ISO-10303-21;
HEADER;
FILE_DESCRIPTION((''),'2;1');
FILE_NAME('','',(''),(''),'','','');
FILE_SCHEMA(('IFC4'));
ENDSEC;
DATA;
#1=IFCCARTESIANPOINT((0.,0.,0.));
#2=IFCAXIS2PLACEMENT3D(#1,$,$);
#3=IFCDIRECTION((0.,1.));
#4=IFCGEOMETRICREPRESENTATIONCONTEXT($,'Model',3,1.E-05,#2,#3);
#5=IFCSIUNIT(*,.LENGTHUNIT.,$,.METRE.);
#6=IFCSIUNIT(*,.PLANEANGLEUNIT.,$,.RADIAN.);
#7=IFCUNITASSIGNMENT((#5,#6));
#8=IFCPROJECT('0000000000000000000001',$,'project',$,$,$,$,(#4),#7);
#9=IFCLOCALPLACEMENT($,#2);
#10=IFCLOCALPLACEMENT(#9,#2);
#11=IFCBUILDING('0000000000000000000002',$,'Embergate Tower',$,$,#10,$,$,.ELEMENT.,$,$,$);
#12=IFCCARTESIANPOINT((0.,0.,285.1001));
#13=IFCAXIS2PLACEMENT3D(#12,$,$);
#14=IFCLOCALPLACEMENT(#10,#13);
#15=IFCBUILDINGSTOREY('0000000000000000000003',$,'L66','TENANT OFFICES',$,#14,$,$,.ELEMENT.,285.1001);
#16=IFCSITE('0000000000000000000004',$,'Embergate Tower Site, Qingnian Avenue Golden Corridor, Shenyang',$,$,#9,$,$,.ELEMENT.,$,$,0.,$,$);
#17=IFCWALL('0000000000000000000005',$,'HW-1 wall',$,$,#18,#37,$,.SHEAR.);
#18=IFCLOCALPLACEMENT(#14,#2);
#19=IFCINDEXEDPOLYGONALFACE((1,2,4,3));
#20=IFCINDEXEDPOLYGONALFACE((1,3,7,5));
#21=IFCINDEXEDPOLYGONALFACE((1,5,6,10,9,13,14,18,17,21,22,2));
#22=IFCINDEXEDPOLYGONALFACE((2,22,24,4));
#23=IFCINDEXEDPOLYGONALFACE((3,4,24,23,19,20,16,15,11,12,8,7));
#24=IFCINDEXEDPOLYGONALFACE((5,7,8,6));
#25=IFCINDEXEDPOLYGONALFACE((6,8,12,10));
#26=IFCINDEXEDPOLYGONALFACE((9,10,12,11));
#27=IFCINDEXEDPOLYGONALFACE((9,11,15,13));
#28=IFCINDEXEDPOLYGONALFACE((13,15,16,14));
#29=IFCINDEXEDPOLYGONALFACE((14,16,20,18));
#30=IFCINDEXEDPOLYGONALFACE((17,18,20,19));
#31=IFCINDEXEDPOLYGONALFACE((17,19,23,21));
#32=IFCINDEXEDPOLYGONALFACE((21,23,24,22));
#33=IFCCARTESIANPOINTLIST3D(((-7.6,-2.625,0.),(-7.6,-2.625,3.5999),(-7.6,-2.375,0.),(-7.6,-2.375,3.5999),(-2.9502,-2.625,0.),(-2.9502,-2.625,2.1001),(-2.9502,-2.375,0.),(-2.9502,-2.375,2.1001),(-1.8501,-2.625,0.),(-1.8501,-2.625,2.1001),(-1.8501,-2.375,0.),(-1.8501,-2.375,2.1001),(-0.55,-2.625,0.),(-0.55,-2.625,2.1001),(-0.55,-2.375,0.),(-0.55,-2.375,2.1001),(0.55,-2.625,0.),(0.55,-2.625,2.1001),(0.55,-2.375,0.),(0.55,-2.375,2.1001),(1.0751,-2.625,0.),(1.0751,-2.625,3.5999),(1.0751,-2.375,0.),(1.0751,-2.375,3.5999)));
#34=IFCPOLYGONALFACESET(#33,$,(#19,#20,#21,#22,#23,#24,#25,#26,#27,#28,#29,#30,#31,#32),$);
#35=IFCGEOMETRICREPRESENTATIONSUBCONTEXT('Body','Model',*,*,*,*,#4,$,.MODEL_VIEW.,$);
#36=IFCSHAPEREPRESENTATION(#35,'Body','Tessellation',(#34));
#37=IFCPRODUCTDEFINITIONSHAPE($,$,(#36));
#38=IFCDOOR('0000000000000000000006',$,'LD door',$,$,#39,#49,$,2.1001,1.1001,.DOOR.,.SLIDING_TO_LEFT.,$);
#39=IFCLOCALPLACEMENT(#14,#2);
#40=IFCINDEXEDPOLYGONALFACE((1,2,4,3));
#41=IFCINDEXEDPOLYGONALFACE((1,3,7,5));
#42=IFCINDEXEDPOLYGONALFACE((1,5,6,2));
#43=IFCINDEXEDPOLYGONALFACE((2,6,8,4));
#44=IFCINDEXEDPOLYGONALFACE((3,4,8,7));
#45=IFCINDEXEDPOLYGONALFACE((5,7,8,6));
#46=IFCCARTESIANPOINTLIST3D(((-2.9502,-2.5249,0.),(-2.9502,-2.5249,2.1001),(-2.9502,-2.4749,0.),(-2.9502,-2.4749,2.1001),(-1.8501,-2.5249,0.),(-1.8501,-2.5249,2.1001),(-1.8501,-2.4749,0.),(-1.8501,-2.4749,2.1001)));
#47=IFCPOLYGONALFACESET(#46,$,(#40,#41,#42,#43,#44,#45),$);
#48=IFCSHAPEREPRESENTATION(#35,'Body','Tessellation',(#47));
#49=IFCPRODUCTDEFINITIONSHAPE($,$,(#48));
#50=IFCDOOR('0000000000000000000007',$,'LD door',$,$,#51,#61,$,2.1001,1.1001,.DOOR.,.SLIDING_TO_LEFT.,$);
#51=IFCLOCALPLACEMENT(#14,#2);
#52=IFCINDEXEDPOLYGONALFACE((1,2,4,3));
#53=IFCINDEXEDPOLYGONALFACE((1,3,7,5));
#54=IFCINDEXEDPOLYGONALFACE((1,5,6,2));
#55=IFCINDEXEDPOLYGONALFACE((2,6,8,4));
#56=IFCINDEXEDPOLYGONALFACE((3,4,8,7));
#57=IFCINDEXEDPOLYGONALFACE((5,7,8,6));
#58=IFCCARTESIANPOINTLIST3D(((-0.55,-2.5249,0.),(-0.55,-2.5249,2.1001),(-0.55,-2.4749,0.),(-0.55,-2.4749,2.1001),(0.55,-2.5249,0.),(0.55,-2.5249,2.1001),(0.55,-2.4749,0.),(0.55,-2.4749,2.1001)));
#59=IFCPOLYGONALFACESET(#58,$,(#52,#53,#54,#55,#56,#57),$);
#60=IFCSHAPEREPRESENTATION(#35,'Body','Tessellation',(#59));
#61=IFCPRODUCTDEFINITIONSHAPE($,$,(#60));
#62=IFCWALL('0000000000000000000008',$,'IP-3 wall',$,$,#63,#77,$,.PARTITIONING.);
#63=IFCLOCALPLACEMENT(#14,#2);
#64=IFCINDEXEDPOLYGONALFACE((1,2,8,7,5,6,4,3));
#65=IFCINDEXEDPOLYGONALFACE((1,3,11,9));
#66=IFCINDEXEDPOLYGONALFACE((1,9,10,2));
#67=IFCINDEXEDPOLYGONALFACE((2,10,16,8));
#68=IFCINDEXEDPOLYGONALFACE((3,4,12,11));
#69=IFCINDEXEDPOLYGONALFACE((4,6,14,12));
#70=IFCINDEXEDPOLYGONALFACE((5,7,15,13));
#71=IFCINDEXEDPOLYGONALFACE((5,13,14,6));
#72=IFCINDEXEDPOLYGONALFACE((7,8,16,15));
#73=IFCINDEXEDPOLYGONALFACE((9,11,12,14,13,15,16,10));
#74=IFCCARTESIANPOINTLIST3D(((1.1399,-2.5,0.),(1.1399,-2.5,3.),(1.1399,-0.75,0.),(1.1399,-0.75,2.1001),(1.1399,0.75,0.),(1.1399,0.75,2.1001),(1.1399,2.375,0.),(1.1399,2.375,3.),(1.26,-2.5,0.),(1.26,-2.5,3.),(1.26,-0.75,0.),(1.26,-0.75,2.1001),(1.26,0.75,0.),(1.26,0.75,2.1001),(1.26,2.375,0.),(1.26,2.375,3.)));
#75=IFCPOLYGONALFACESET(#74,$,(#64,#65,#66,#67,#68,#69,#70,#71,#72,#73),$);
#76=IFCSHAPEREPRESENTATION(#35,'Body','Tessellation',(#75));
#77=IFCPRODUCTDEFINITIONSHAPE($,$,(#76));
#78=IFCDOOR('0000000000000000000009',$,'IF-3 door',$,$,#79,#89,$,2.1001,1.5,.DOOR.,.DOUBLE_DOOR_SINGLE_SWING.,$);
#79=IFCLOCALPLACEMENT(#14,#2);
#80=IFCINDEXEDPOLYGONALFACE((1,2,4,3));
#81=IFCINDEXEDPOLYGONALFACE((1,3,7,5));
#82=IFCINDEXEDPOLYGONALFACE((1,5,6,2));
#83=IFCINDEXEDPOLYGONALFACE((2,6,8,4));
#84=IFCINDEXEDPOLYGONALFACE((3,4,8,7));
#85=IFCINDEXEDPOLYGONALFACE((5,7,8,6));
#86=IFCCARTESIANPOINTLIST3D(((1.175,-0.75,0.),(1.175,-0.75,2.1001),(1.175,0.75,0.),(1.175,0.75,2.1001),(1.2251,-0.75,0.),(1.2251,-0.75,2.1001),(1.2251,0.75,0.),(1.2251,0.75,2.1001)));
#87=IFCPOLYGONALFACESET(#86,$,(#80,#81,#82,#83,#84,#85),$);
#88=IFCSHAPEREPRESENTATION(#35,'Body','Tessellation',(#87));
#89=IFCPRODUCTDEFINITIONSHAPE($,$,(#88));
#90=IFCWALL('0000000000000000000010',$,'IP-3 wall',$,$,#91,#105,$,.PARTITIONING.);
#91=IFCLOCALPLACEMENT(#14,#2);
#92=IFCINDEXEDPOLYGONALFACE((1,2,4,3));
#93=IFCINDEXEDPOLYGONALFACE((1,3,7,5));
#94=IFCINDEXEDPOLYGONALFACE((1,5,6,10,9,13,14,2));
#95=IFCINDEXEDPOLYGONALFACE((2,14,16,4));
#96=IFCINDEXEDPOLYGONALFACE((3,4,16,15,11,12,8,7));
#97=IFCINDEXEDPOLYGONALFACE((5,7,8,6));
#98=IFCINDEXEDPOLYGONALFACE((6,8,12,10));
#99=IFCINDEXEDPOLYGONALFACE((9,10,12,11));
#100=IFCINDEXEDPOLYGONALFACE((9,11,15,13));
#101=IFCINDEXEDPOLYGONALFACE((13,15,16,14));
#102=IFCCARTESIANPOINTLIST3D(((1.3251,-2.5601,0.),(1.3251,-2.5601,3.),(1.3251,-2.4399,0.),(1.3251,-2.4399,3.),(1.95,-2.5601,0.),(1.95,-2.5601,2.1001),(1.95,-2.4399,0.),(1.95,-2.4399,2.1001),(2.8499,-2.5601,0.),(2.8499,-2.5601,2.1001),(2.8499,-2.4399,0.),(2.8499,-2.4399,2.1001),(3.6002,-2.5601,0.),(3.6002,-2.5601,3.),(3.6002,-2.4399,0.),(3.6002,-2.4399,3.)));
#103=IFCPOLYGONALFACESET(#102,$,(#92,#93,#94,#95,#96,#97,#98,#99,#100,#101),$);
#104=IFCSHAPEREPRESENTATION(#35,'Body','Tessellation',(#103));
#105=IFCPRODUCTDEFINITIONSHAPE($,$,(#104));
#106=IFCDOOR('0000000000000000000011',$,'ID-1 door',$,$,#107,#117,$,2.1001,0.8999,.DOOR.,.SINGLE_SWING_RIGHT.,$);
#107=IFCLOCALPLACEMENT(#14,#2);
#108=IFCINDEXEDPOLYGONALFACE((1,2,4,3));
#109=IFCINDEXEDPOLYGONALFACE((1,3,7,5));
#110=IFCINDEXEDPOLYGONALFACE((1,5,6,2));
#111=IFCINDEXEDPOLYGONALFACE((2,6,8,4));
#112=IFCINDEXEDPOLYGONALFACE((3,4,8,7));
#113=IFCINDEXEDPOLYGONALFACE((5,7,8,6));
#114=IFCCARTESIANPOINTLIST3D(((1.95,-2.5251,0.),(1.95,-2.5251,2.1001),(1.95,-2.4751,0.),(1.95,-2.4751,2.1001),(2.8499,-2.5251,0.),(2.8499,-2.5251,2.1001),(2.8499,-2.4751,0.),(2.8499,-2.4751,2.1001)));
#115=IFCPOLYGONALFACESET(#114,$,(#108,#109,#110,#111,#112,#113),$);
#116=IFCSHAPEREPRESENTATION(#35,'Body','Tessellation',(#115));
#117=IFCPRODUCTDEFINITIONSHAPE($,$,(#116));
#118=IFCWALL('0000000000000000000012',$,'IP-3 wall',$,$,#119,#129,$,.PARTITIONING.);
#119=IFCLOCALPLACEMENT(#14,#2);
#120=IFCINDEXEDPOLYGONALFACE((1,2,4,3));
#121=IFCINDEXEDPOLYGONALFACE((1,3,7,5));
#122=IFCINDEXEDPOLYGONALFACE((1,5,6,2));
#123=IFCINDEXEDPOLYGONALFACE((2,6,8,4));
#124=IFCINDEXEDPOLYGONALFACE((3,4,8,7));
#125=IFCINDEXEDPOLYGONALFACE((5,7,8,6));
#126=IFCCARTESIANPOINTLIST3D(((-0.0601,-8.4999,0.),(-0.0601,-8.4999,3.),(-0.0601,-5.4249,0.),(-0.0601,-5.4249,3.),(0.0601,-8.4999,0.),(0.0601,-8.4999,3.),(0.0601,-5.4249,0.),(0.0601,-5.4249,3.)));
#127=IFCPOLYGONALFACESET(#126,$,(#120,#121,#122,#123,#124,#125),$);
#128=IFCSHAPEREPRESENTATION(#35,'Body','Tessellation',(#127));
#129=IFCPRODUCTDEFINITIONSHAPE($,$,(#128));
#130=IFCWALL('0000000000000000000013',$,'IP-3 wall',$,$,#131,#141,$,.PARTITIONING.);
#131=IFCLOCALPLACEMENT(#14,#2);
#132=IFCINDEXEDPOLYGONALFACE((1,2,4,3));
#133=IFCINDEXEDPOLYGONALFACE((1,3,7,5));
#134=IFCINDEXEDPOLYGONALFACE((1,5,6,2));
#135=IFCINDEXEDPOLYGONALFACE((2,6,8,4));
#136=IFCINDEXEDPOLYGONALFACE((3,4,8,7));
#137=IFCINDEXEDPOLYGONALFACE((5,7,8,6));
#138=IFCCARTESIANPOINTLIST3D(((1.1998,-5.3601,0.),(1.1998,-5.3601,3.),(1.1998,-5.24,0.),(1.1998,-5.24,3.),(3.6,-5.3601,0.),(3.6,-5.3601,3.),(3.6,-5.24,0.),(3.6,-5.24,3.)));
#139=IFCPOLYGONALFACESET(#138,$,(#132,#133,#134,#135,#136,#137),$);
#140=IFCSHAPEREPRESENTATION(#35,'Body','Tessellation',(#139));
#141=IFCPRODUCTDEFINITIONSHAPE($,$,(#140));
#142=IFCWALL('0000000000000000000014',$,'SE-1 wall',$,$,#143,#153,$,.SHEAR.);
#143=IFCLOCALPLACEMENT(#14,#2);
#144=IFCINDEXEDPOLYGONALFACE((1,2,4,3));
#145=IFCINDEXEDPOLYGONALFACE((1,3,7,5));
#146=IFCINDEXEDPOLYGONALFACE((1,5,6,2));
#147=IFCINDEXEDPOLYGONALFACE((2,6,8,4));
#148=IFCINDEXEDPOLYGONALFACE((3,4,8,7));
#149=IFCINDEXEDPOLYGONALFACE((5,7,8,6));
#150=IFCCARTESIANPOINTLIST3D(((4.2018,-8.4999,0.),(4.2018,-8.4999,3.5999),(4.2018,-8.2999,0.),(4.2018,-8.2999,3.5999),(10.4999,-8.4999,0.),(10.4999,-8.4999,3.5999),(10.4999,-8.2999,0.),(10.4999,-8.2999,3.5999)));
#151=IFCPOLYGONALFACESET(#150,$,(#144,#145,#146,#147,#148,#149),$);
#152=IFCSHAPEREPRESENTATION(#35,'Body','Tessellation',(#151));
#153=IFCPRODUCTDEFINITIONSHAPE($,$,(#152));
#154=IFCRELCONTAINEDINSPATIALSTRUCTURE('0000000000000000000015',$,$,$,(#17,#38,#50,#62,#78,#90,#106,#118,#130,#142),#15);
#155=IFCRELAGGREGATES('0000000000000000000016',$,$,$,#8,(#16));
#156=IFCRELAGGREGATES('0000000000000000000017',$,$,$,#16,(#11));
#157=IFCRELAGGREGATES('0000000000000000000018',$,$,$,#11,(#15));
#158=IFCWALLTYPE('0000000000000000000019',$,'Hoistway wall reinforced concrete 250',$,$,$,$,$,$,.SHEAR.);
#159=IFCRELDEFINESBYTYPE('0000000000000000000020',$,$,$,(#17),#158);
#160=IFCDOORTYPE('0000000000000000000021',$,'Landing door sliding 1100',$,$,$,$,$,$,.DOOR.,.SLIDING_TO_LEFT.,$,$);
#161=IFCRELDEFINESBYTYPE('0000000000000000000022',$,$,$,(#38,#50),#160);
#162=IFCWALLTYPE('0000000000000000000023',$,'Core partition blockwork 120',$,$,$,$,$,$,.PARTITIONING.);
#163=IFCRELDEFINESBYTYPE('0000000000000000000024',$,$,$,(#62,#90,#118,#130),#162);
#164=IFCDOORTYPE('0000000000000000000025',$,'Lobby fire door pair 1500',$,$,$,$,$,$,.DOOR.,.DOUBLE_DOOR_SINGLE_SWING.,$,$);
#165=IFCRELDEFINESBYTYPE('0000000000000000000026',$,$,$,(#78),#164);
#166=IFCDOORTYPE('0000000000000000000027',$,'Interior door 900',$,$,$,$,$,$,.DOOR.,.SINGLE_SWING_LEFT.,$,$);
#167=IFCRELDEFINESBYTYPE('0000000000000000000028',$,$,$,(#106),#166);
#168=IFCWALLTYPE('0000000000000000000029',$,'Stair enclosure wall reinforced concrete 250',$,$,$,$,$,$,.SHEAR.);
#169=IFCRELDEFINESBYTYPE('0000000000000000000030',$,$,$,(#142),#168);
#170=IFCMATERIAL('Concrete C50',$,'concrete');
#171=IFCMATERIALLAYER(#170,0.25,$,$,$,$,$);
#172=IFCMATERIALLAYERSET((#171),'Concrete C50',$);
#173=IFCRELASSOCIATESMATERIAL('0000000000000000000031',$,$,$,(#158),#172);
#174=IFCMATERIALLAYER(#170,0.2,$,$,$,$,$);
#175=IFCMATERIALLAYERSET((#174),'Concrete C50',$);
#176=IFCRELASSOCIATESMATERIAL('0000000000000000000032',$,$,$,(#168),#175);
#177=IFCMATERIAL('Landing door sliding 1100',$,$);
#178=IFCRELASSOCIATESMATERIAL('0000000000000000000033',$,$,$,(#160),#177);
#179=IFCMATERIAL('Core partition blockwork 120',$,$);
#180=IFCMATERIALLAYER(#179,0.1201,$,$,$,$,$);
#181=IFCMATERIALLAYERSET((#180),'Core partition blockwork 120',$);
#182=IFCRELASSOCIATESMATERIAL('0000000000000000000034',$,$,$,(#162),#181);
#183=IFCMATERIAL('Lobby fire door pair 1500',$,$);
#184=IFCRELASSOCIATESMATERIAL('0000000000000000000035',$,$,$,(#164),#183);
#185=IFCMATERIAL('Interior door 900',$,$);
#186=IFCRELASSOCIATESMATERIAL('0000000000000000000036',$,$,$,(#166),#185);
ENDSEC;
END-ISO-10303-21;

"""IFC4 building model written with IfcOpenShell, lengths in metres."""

from ifc_helpers import new_model, si_unit, direction, frame, frame_2d, origin, place, context, subcontext, project, spatial, rectangle, extrude, source, transform, mapped, material, layer, layer_set, type_object, element, fill, save


model = new_model("IFC4")

# Units and contexts
model_context = context("Model", 3, precision=1e-05, world=origin(), true_north=direction((0.0, 1.0)))
body_context = subcontext(model_context, "Body", "Model", "MODEL_VIEW")
ifc_project = project(units=[si_unit("LENGTHUNIT", "METRE"), si_unit("PLANEANGLEUNIT", "RADIAN")], contexts=[model_context])

# Site, building, storey
site_placement = place(None, origin())
site = spatial("IfcSite", under=ifc_project, at=site_placement, Name="Embergate Tower Site, Qingnian Avenue Golden Corridor, Shenyang", CompositionType="ELEMENT", RefElevation=0.0)
building_placement = place(site_placement, origin())
building = spatial("IfcBuilding", under=site, at=building_placement, Name="Embergate Tower", CompositionType="ELEMENT")
storey_placement = place(building_placement, frame((0.0, 0.0, 285.1001)))
storey = spatial("IfcBuildingStorey", under=building, at=storey_placement, Name="L66", Description="TENANT OFFICES", CompositionType="ELEMENT", Elevation=285.1001)

# Shared definitions
ifc_material_1 = material(Name="Concrete C50", Category="concrete")
ifc_layer_1 = layer(ifc_material_1, 0.25)
ifc_layer_set_1 = layer_set([ifc_layer_1], Name="Concrete C50")
wall_type_1 = type_object("IfcWallType", Name="Hoistway wall reinforced concrete 250", PredefinedType="SHEAR", material=ifc_layer_set_1)
ifc_layer_2 = layer(ifc_material_1, 0.2)
ifc_layer_set_2 = layer_set([ifc_layer_2], Name="Concrete C50")
wall_type_2 = type_object("IfcWallType", Name="Stair enclosure wall reinforced concrete 250", PredefinedType="SHEAR", material=ifc_layer_set_2)

# Wall, openings, doors
shared_shape_1 = source(origin(), body_context, "Body", "SweptSolid", [
    extrude(rectangle(XDim=8.675, YDim=0.25, at=frame_2d((4.3374, 0.0))), origin(), (0.0, 0.0, 1.0), 3.5999),
])
wall_1_placement = place(storey_placement, frame((1.075, -2.5, 0.0), z_axis=(0.0, 0.0, 1.0), x_axis=(-1.0, 0.0, 0.0)))
wall_1 = element("IfcWall", 1, at=wall_1_placement, inside=storey, type_object=wall_type_1, Name="HW-1 wall", PredefinedType="SHEAR", context=body_context, shape_type="MappedRepresentation", body=[
    mapped(shared_shape_1, transform((0.0, 0.0, 0.0))),
])
shared_shape_2 = source(origin(), body_context, "Body", "SweptSolid", [
    extrude(rectangle(XDim=1.1001, YDim=2.1001, at=frame_2d((0.55, 1.05))), frame((0.0, 0.135, 0.0), z_axis=(0.0, -1.0, 0.0), x_axis=(1.0, 0.0, 0.0)), (0.0, 0.0, 1.0), 0.27),
])
opening_1_placement = place(wall_1_placement, frame((2.925, 0.0, 0.0)))
opening_1 = element("IfcOpeningElement", 2, at=opening_1_placement, cuts=wall_1, PredefinedType="OPENING", context=body_context, shape_type="MappedRepresentation", body=[
    mapped(shared_shape_2, transform((0.0, 0.0, 0.0))),
])
opening_2_placement = place(wall_1_placement, frame((0.5249, 0.0, 0.0)))
opening_2 = element("IfcOpeningElement", 3, at=opening_2_placement, cuts=wall_1, PredefinedType="OPENING", context=body_context, shape_type="MappedRepresentation", body=[
    mapped(shared_shape_2, transform((0.0, 0.0, 0.0))),
])
ifc_material_2 = material(Name="Landing door sliding 1100")
door_type_1 = type_object("IfcDoorType", Name="Landing door sliding 1100", OperationType="SLIDING_TO_LEFT", PredefinedType="DOOR", material=ifc_material_2)
shared_shape_3 = source(origin(), body_context, "Body", "SweptSolid", [
    extrude(rectangle(XDim=1.1001, YDim=2.1001, at=frame_2d((0.55, 1.05))), frame((0.0, 0.0249, 0.0), z_axis=(0.0, -1.0, 0.0), x_axis=(1.0, 0.0, 0.0)), (0.0, 0.0, 1.0), 0.05),
])
door_1_placement = place(opening_1_placement, origin())
door_1 = element("IfcDoor", 4, at=door_1_placement, inside=storey, type_object=door_type_1, Name="LD door", OperationType="SLIDING_TO_LEFT", OverallHeight=2.1001, OverallWidth=1.1001, PredefinedType="DOOR", context=body_context, shape_type="MappedRepresentation", body=[
    mapped(shared_shape_3, transform((0.0, 0.0, 0.0))),
])
fill(opening_1, door_1)
door_2_placement = place(opening_2_placement, origin())
door_2 = element("IfcDoor", 5, at=door_2_placement, inside=storey, type_object=door_type_1, Name="LD door", OperationType="SLIDING_TO_LEFT", OverallHeight=2.1001, OverallWidth=1.1001, PredefinedType="DOOR", context=body_context, shape_type="MappedRepresentation", body=[
    mapped(shared_shape_3, transform((0.0, 0.0, 0.0))),
])
fill(opening_2, door_2)

# Walls, openings, doors
ifc_material_3 = material(Name="Core partition blockwork 120")
ifc_layer_3 = layer(ifc_material_3, 0.1201)
ifc_layer_set_3 = layer_set([ifc_layer_3], Name="Core partition blockwork 120")
wall_type_3 = type_object("IfcWallType", Name="Core partition blockwork 120", PredefinedType="PARTITIONING", material=ifc_layer_set_3)
shared_shape_4 = source(origin(), body_context, "Body", "SweptSolid", [
    extrude(rectangle(XDim=4.875, YDim=0.1201, at=frame_2d((2.4375, 0.0))), origin(), (0.0, 0.0, 1.0), 3.0),
])
wall_2_placement = place(storey_placement, frame((1.2, -2.5, 0.0), z_axis=(0.0, 0.0, 1.0), x_axis=(0.0, 1.0, 0.0)))
wall_2 = element("IfcWall", 6, at=wall_2_placement, inside=storey, type_object=wall_type_3, Name="IP-3 wall", PredefinedType="PARTITIONING", context=body_context, shape_type="MappedRepresentation", body=[
    mapped(shared_shape_4, transform((0.0, 0.0, 0.0))),
])
shared_shape_5 = source(origin(), body_context, "Body", "SweptSolid", [
    extrude(rectangle(XDim=1.5, YDim=2.1001, at=frame_2d((0.75, 1.05))), frame((0.0, 0.0701, 0.0), z_axis=(0.0, -1.0, 0.0), x_axis=(1.0, 0.0, 0.0)), (0.0, 0.0, 1.0), 0.1401),
])
opening_3_placement = place(wall_2_placement, frame((1.75, 0.0, 0.0)))
opening_3 = element("IfcOpeningElement", 7, at=opening_3_placement, cuts=wall_2, PredefinedType="OPENING", context=body_context, shape_type="MappedRepresentation", body=[
    mapped(shared_shape_5, transform((0.0, 0.0, 0.0))),
])
ifc_material_4 = material(Name="Lobby fire door pair 1500")
door_type_2 = type_object("IfcDoorType", Name="Lobby fire door pair 1500", OperationType="DOUBLE_DOOR_SINGLE_SWING", PredefinedType="DOOR", material=ifc_material_4)
shared_shape_6 = source(origin(), body_context, "Body", "SweptSolid", [
    extrude(rectangle(XDim=1.5, YDim=2.1001, at=frame_2d((0.75, 1.05))), frame((0.0, 0.0249, 0.0), z_axis=(0.0, -1.0, 0.0), x_axis=(1.0, 0.0, 0.0)), (0.0, 0.0, 1.0), 0.05),
])
door_3_placement = place(opening_3_placement, origin())
door_3 = element("IfcDoor", 8, at=door_3_placement, inside=storey, type_object=door_type_2, Name="IF-3 door", OperationType="DOUBLE_DOOR_SINGLE_SWING", OverallHeight=2.1001, OverallWidth=1.5, PredefinedType="DOOR", context=body_context, shape_type="MappedRepresentation", body=[
    mapped(shared_shape_6, transform((0.0, 0.0, 0.0))),
])
fill(opening_3, door_3)
shared_shape_7 = source(origin(), body_context, "Body", "SweptSolid", [
    extrude(rectangle(XDim=2.2751, YDim=0.1201, at=frame_2d((1.1377, 0.0))), origin(), (0.0, 0.0, 1.0), 3.0),
])
wall_3_placement = place(storey_placement, frame((1.325, -2.5, 0.0), z_axis=(0.0, 0.0, 1.0), x_axis=(1.0, 0.0, 0.0)))
wall_3 = element("IfcWall", 9, at=wall_3_placement, inside=storey, type_object=wall_type_3, Name="IP-3 wall", PredefinedType="PARTITIONING", context=body_context, shape_type="MappedRepresentation", body=[
    mapped(shared_shape_7, transform((0.0, 0.0, 0.0))),
])
shared_shape_8 = source(origin(), body_context, "Body", "SweptSolid", [
    extrude(rectangle(XDim=0.8999, YDim=2.1001, at=frame_2d((0.45, 1.05))), frame((0.0, 0.0701, 0.0), z_axis=(0.0, -1.0, 0.0), x_axis=(1.0, 0.0, 0.0)), (0.0, 0.0, 1.0), 0.1401),
])
opening_4_placement = place(wall_3_placement, frame((0.625, 0.0, 0.0)))
opening_4 = element("IfcOpeningElement", 10, at=opening_4_placement, cuts=wall_3, PredefinedType="OPENING", context=body_context, shape_type="MappedRepresentation", body=[
    mapped(shared_shape_8, transform((0.0, 0.0, 0.0))),
])
ifc_material_5 = material(Name="Interior door 900")
door_type_3 = type_object("IfcDoorType", Name="Interior door 900", OperationType="SINGLE_SWING_LEFT", PredefinedType="DOOR", material=ifc_material_5)
shared_shape_9 = source(origin(), body_context, "Body", "SweptSolid", [
    extrude(rectangle(XDim=0.8999, YDim=2.1001, at=frame_2d((0.45, 1.05))), frame((0.0, 0.0249, 0.0), z_axis=(0.0, -1.0, 0.0), x_axis=(1.0, 0.0, 0.0)), (0.0, 0.0, 1.0), 0.05),
])
door_4_placement = place(opening_4_placement, origin())
door_4 = element("IfcDoor", 11, at=door_4_placement, inside=storey, type_object=door_type_3, Name="ID-1 door", OperationType="SINGLE_SWING_RIGHT", OverallHeight=2.1001, OverallWidth=0.8999, PredefinedType="DOOR", context=body_context, shape_type="MappedRepresentation", body=[
    mapped(shared_shape_9, transform((0.0, 0.0, 0.0))),
])
fill(opening_4, door_4)

# Walls
shared_shape_10 = source(origin(), body_context, "Body", "SweptSolid", [
    extrude(rectangle(XDim=3.075, YDim=0.1201, at=frame_2d((1.5376, 0.0))), origin(), (0.0, 0.0, 1.0), 3.0),
])
wall_4_placement = place(storey_placement, frame((0.0, -8.5, 0.0), z_axis=(0.0, 0.0, 1.0), x_axis=(0.0, 1.0, 0.0)))
element("IfcWall", 12, at=wall_4_placement, inside=storey, type_object=wall_type_3, Name="IP-3 wall", PredefinedType="PARTITIONING", context=body_context, shape_type="MappedRepresentation", body=[
    mapped(shared_shape_10, transform((0.0, 0.0, 0.0))),
])
shared_shape_11 = source(origin(), body_context, "Body", "SweptSolid", [
    extrude(rectangle(XDim=2.4001, YDim=0.1201, at=frame_2d((1.2002, 0.0))), origin(), (0.0, 0.0, 1.0), 3.0),
])
wall_5_placement = place(storey_placement, frame((3.6001, -5.3, 0.0), z_axis=(0.0, 0.0, 1.0), x_axis=(-1.0, 0.0, 0.0)))
element("IfcWall", 13, at=wall_5_placement, inside=storey, type_object=wall_type_3, Name="IP-3 wall", PredefinedType="PARTITIONING", context=body_context, shape_type="MappedRepresentation", body=[
    mapped(shared_shape_11, transform((0.0, 0.0, 0.0))),
])
shared_shape_12 = source(origin(), body_context, "Body", "SweptSolid", [
    extrude(rectangle(XDim=6.2981, YDim=0.2, at=frame_2d((3.1489, 0.0))), origin(), (0.0, 0.0, 1.0), 3.5999),
])
wall_6_placement = place(storey_placement, frame((4.2019, -8.3999, 0.0), z_axis=(0.0, 0.0, 1.0), x_axis=(1.0, 0.0, 0.0)))
element("IfcWall", 14, at=wall_6_placement, inside=storey, type_object=wall_type_2, Name="SE-1 wall", PredefinedType="SHEAR", context=body_context, shape_type="MappedRepresentation", body=[
    mapped(shared_shape_12, transform((0.0, 0.0, 0.0))),
])

save(model, "model.ifc")
